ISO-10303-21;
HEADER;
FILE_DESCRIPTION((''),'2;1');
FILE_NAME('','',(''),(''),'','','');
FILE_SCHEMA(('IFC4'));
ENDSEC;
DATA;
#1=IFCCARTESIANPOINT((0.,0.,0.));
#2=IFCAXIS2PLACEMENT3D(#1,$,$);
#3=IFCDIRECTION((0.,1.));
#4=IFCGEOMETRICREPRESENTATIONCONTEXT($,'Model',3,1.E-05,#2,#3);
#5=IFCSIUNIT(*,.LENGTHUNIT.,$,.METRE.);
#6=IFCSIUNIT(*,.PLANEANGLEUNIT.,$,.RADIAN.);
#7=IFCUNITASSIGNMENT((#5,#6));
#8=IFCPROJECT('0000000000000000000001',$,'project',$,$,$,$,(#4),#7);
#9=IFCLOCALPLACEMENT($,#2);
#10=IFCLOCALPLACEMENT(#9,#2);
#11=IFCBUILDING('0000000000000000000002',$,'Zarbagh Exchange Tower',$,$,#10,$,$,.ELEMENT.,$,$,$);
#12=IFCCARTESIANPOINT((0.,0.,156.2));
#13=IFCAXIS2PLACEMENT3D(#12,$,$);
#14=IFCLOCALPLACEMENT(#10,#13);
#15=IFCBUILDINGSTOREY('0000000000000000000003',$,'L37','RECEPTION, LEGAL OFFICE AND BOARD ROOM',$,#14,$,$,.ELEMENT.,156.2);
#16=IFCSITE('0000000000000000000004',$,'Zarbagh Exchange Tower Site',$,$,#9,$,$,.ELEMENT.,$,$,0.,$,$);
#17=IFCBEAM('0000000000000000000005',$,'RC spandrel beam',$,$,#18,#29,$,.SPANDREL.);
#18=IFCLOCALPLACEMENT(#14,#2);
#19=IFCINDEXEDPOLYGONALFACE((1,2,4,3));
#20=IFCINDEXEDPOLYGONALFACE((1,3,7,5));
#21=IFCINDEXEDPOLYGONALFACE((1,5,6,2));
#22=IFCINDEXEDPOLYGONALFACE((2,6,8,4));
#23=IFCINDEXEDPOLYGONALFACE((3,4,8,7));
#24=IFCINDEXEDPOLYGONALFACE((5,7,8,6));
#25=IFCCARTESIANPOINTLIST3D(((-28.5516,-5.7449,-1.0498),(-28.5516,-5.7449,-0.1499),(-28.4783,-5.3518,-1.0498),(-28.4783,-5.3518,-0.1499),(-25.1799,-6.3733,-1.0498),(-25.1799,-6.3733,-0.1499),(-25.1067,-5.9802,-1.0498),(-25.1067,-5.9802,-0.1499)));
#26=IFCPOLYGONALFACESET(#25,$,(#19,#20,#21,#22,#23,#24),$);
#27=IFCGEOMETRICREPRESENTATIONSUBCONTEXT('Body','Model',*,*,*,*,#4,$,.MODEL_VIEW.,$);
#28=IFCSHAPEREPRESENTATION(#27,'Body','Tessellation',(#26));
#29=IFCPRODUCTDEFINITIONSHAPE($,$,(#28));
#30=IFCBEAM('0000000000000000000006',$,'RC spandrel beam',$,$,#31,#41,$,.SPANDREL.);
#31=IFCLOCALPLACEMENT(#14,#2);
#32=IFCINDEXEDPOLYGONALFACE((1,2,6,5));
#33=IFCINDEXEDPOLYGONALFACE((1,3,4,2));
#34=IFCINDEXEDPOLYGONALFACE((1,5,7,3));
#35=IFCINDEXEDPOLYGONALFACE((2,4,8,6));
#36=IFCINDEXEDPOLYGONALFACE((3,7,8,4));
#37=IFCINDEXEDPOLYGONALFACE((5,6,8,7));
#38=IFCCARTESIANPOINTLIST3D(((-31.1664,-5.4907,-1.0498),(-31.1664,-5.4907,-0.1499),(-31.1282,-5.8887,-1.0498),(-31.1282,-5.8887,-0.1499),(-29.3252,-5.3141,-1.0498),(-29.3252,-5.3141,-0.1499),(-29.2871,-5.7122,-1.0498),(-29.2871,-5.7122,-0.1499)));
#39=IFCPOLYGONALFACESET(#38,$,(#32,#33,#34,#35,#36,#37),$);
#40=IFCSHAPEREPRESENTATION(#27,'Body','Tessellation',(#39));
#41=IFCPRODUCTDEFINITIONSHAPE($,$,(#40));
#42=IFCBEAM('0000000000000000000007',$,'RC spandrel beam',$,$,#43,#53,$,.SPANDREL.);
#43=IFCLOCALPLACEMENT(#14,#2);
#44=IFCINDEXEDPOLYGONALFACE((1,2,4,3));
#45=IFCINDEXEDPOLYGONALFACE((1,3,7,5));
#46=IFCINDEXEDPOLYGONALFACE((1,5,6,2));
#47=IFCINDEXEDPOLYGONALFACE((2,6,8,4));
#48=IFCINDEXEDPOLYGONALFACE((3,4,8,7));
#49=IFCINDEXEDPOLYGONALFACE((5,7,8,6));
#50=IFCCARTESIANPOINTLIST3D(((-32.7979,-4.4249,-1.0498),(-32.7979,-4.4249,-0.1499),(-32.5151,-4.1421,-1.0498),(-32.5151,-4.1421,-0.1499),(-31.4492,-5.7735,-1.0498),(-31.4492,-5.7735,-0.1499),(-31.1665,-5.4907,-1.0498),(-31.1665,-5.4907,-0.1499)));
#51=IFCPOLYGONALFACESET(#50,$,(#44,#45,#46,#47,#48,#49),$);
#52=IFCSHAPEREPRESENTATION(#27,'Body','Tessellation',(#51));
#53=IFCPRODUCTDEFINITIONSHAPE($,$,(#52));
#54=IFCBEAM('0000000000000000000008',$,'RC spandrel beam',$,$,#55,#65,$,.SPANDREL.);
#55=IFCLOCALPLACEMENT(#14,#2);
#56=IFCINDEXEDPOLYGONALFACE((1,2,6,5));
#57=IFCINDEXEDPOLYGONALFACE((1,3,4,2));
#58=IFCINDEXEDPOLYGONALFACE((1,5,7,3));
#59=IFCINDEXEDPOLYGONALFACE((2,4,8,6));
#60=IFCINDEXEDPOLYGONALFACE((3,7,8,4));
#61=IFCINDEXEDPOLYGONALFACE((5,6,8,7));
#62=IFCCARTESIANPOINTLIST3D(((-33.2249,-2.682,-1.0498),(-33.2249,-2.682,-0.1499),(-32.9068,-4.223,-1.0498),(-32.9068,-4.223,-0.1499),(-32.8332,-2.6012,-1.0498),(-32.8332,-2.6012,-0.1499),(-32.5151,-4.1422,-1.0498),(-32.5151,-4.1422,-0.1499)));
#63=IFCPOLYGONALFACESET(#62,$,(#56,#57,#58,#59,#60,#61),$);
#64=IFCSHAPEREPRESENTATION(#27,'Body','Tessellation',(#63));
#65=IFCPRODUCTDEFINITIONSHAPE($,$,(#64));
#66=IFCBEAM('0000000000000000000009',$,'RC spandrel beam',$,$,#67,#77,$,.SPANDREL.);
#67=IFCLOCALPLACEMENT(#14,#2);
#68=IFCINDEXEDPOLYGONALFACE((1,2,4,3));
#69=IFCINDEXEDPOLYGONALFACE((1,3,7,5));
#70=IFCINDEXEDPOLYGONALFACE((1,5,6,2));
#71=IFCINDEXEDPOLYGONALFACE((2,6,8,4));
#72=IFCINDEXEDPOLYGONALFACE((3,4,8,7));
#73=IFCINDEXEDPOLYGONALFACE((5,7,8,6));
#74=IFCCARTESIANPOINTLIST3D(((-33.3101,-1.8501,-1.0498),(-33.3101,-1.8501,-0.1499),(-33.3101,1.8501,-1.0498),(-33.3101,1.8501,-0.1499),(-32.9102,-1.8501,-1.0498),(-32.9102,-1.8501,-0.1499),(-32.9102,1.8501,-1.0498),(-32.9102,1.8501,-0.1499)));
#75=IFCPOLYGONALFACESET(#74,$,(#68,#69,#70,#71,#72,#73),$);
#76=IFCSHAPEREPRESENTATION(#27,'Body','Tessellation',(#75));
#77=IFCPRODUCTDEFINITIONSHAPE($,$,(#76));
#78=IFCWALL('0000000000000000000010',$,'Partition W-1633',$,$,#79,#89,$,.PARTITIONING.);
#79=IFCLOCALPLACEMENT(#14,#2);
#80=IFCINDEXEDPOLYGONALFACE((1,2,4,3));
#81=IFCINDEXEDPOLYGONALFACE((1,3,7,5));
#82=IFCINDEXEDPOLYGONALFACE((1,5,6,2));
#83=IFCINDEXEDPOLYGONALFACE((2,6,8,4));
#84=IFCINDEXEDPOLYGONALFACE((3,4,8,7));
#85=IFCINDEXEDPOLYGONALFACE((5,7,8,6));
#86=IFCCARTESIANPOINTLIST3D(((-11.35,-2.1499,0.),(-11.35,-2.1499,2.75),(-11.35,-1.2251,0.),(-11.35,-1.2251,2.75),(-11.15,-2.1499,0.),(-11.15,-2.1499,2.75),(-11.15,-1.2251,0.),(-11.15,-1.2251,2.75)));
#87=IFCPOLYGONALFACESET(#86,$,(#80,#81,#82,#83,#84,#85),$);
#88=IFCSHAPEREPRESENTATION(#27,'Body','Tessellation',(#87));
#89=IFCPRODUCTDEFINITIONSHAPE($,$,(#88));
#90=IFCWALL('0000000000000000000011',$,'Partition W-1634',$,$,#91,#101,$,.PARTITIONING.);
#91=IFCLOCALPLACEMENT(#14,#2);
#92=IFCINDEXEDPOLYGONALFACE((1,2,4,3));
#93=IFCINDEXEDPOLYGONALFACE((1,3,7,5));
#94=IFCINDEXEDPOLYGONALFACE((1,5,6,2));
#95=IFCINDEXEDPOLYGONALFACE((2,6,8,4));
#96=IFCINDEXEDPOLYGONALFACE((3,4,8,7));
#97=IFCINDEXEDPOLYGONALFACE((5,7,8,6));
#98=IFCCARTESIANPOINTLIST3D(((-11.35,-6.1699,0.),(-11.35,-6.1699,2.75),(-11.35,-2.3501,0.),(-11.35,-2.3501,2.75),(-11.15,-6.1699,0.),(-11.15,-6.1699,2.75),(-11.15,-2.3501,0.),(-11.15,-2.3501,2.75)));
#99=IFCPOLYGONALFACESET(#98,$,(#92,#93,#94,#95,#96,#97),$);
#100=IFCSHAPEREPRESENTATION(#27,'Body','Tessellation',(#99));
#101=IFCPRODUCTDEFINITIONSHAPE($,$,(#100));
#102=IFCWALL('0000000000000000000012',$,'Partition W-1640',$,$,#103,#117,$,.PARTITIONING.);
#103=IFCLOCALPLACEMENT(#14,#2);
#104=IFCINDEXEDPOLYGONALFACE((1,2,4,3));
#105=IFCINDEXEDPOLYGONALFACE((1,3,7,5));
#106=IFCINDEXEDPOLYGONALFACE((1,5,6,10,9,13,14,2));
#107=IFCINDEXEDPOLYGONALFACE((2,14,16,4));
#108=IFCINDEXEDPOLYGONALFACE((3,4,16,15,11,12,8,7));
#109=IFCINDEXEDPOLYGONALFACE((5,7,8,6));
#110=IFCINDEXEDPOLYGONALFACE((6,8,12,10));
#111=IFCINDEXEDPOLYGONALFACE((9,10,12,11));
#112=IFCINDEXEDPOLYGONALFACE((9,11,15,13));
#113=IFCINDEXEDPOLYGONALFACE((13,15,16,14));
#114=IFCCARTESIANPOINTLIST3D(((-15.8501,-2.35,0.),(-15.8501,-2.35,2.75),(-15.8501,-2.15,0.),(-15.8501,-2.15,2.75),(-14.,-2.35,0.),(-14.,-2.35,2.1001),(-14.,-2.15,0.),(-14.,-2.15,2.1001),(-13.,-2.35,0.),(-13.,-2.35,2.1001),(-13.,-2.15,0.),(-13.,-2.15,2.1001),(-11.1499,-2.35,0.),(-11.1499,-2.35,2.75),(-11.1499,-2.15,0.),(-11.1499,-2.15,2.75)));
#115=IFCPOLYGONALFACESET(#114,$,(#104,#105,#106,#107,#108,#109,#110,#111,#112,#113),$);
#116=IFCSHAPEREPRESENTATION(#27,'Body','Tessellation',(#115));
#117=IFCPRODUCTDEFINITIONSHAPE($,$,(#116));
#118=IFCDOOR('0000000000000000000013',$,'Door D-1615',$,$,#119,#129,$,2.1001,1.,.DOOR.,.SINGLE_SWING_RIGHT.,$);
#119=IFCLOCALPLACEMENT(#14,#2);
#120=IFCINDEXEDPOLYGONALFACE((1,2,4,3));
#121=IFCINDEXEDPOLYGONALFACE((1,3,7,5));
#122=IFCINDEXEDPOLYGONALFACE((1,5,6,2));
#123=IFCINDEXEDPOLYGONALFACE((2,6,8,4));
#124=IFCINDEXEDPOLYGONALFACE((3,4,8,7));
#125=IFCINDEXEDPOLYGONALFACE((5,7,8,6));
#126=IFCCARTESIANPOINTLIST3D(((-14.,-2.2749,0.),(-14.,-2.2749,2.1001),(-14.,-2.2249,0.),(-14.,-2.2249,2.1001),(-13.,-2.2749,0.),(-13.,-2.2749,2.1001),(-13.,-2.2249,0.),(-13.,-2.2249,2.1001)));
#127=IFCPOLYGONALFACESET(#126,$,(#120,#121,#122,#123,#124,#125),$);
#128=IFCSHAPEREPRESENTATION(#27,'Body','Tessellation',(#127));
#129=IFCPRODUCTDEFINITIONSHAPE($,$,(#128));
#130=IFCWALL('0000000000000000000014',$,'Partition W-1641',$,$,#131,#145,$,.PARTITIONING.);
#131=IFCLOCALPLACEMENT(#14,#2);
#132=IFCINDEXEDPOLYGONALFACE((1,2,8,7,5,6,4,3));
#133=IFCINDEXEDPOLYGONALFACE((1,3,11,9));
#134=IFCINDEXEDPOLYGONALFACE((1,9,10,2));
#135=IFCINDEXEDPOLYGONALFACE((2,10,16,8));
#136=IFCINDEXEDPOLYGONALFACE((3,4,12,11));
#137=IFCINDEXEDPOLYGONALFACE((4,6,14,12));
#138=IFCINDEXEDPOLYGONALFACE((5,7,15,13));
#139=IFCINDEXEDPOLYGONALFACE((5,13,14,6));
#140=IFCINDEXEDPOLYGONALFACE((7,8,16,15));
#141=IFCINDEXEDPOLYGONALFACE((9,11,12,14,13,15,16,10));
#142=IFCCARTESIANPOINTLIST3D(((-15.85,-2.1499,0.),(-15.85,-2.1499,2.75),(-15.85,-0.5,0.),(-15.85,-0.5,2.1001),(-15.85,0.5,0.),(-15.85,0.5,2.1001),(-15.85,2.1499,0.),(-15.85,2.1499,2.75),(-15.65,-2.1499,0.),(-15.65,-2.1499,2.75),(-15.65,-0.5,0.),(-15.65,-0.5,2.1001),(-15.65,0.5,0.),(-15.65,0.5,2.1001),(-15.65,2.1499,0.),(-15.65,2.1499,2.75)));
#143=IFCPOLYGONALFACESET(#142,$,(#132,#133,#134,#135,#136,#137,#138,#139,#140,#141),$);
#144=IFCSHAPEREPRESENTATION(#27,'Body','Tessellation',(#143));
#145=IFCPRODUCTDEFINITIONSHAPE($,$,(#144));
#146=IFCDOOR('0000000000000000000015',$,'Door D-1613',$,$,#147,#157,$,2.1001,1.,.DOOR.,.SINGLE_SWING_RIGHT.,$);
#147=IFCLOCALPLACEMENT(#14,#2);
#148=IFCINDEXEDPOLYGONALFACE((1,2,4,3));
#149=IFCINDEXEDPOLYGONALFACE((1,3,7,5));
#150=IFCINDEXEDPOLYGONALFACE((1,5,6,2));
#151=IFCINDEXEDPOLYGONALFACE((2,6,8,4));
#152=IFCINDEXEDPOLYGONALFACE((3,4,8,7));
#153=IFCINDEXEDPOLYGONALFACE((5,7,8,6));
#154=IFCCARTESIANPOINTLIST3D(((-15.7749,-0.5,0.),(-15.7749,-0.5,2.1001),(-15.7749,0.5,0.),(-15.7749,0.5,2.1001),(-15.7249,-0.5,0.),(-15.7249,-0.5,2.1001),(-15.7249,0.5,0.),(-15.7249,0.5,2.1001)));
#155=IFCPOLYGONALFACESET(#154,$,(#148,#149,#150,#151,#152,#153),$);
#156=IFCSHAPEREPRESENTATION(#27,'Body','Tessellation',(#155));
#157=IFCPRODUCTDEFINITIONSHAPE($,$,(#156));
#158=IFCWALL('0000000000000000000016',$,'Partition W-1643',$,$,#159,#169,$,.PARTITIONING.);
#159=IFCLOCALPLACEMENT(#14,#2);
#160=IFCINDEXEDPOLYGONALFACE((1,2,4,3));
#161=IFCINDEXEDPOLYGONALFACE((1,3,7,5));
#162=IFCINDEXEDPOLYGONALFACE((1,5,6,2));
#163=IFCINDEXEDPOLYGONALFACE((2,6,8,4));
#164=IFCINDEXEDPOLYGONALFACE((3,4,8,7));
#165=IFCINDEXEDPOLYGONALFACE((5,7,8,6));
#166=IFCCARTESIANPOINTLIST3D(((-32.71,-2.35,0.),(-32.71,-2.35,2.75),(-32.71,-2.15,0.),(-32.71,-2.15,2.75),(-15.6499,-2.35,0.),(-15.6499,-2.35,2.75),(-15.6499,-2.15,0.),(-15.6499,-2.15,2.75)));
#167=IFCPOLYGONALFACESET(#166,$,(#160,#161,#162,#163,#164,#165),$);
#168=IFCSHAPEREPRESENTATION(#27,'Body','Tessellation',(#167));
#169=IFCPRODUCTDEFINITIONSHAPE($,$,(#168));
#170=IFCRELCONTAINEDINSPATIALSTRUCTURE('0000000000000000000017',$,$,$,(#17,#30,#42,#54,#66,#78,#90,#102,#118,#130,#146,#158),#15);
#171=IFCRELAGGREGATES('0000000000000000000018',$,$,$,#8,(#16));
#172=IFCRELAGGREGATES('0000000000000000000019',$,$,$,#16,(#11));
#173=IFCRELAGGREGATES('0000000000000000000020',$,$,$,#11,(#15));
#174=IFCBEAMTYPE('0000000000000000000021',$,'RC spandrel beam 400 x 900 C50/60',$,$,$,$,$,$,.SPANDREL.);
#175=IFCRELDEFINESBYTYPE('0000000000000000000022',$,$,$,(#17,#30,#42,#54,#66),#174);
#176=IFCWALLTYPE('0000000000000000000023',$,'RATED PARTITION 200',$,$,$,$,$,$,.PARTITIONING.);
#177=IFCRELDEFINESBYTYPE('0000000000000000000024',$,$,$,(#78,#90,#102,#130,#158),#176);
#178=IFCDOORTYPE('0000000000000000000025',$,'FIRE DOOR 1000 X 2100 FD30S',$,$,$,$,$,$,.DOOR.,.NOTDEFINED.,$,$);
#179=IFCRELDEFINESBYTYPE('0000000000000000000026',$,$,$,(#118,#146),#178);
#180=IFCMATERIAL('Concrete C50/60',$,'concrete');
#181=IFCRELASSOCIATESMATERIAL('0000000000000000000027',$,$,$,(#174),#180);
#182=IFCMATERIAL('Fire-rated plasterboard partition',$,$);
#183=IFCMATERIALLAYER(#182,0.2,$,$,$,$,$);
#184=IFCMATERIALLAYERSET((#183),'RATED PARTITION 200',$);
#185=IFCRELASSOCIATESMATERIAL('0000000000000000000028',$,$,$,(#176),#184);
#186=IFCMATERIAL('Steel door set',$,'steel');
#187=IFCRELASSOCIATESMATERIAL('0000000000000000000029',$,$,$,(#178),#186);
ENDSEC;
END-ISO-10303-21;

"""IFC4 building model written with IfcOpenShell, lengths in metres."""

from ifc_helpers import new_model, si_unit, direction, frame, frame_2d, origin, origin_2d, place, context, subcontext, project, spatial, rectangle, extrude, material, layer, layer_set, material_profile, profile_set, type_object, element, fill, save


model = new_model("IFC4")

# Units and contexts
model_context = context("Model", 3, precision=1e-05, world=origin(), true_north=direction((0.0, 1.0)))
body_context = subcontext(model_context, "Body", "Model", "MODEL_VIEW")
ifc_project = project(units=[si_unit("LENGTHUNIT", "METRE"), si_unit("PLANEANGLEUNIT", "RADIAN")], contexts=[model_context])

# Site, building, storey
site_placement = place(None, origin())
site = spatial("IfcSite", under=ifc_project, at=site_placement, Name="Zarbagh Exchange Tower Site", CompositionType="ELEMENT", RefElevation=0.0)
building_placement = place(site_placement, origin())
building = spatial("IfcBuilding", under=site, at=building_placement, Name="Zarbagh Exchange Tower", CompositionType="ELEMENT")
storey_placement = place(building_placement, frame((0.0, 0.0, 156.2)))
storey = spatial("IfcBuildingStorey", under=building, at=storey_placement, Name="L37", Description="RECEPTION, LEGAL OFFICE AND BOARD ROOM", CompositionType="ELEMENT", Elevation=156.2)

# Shared definitions
ifc_material_1 = material(Name="Concrete C50/60", Category="concrete")

# Beams
ifc_material_profile_1 = material_profile(ifc_material_1, rectangle(XDim=0.3999, YDim=0.8999, at=origin_2d()), Name="RC spandrel beam 400 x 900 C50/60")
ifc_profile_set_1 = profile_set([ifc_material_profile_1], Name="Concrete C50/60")
beam_type_1 = type_object("IfcBeamType", Name="RC spandrel beam 400 x 900 C50/60", PredefinedType="SPANDREL", material=ifc_profile_set_1)
beam_1_placement = place(storey_placement, frame((-25.1433, -6.1768, -0.5999), z_axis=(-0.98307, 0.183231, 0.0), x_axis=(-0.183231, -0.98307, 0.0)))
element("IfcBeam", 1, at=beam_1_placement, inside=storey, type_object=beam_type_1, Name="RC spandrel beam", PredefinedType="SPANDREL", context=body_context, shape_type="SweptSolid", body=[
    extrude(rectangle(XDim=0.3999, YDim=0.8999, at=origin_2d()), origin(), (0.0, 0.0, 1.0), 3.4297),
])
beam_2_placement = place(storey_placement, frame((-29.3062, -5.5132, -0.5999), z_axis=(-0.995435, -0.095438, 0.0), x_axis=(0.095438, -0.995435, 0.0)))
element("IfcBeam", 2, at=beam_2_placement, inside=storey, type_object=beam_type_1, Name="RC spandrel beam", PredefinedType="SPANDREL", context=body_context, shape_type="SweptSolid", body=[
    extrude(rectangle(XDim=0.3999, YDim=0.8999, at=origin_2d()), origin(), (0.0, 0.0, 1.0), 1.8496),
])
beam_3_placement = place(storey_placement, frame((-31.3079, -5.6321, -0.5999), z_axis=(-0.707107, 0.707107, 0.0), x_axis=(-0.707107, -0.707107, 0.0)))
element("IfcBeam", 3, at=beam_3_placement, inside=storey, type_object=beam_type_1, Name="RC spandrel beam", PredefinedType="SPANDREL", context=body_context, shape_type="SweptSolid", body=[
    extrude(rectangle(XDim=0.3999, YDim=0.8999, at=origin_2d()), origin(), (0.0, 0.0, 1.0), 1.9072),
])
beam_4_placement = place(storey_placement, frame((-32.7109, -4.1826, -0.5999), z_axis=(-0.202169, 0.979351, 0.0), x_axis=(-0.979351, -0.202169, 0.0)))
element("IfcBeam", 4, at=beam_4_placement, inside=storey, type_object=beam_type_1, Name="RC spandrel beam", PredefinedType="SPANDREL", context=body_context, shape_type="SweptSolid", body=[
    extrude(rectangle(XDim=0.3999, YDim=0.8999, at=origin_2d()), origin(), (0.0, 0.0, 1.0), 1.5735),
])
beam_5_placement = place(storey_placement, frame((-33.1101, -1.8501, -0.5999), z_axis=(0.0, 1.0, 0.0), x_axis=(-1.0, 0.0, 0.0)))
element("IfcBeam", 5, at=beam_5_placement, inside=storey, type_object=beam_type_1, Name="RC spandrel beam", PredefinedType="SPANDREL", context=body_context, shape_type="SweptSolid", body=[
    extrude(rectangle(XDim=0.3999, YDim=0.8999, at=origin_2d()), origin(), (0.0, 0.0, 1.0), 3.7002),
])

# Walls
ifc_material_2 = material(Name="Fire-rated plasterboard partition")
ifc_layer = layer(ifc_material_2, 0.2)
ifc_layer_set = layer_set([ifc_layer], Name="RATED PARTITION 200")
wall_type = type_object("IfcWallType", Name="RATED PARTITION 200", PredefinedType="PARTITIONING", material=ifc_layer_set)
wall_1_placement = place(storey_placement, frame((-11.25, -2.1499, 0.0), z_axis=(0.0, 0.0, 1.0), x_axis=(0.0, 1.0, 0.0)))
element("IfcWall", 6, at=wall_1_placement, inside=storey, type_object=wall_type, Name="Partition W-1633", PredefinedType="PARTITIONING", context=body_context, shape_type="SweptSolid", body=[
    extrude(rectangle(XDim=0.9248, YDim=0.2, at=frame_2d((0.4624, 0.0))), origin(), (0.0, 0.0, 1.0), 2.75),
])
wall_2_placement = place(storey_placement, frame((-11.25, -6.1699, 0.0), z_axis=(0.0, 0.0, 1.0), x_axis=(0.0, 1.0, 0.0)))
element("IfcWall", 7, at=wall_2_placement, inside=storey, type_object=wall_type, Name="Partition W-1634", PredefinedType="PARTITIONING", context=body_context, shape_type="SweptSolid", body=[
    extrude(rectangle(XDim=3.8198, YDim=0.2, at=frame_2d((1.9099, 0.0))), origin(), (0.0, 0.0, 1.0), 2.75),
])

# Walls, openings, doors
wall_3_placement = place(storey_placement, frame((-11.1499, -2.25, 0.0), z_axis=(0.0, 0.0, 1.0), x_axis=(-1.0, 0.0, 0.0)))
wall_3 = element("IfcWall", 8, at=wall_3_placement, inside=storey, type_object=wall_type, Name="Partition W-1640", PredefinedType="PARTITIONING", context=body_context, shape_type="SweptSolid", body=[
    extrude(rectangle(XDim=4.7002, YDim=0.2, at=frame_2d((2.3501, 0.0))), origin(), (0.0, 0.0, 1.0), 2.75),
])
opening_1_placement = place(wall_3_placement, frame((1.8501, 0.0, 0.0)))
opening_1 = element("IfcOpeningElement", 9, at=opening_1_placement, cuts=wall_3, PredefinedType="OPENING", context=body_context, shape_type="SweptSolid", body=[
    extrude(rectangle(XDim=1.0, YDim=2.1001, at=frame_2d((0.5, 1.05))), frame((0.0, 0.1099, 0.0), z_axis=(0.0, -1.0, 0.0), x_axis=(1.0, 0.0, 0.0)), (0.0, 0.0, 1.0), 0.22),
])
ifc_material_3 = material(Name="Steel door set", Category="steel")
door_type = type_object("IfcDoorType", Name="FIRE DOOR 1000 X 2100 FD30S", OperationType="NOTDEFINED", PredefinedType="DOOR", material=ifc_material_3)
door_1_placement = place(opening_1_placement, origin())
door_1 = element("IfcDoor", 10, at=door_1_placement, inside=storey, type_object=door_type, Name="Door D-1615", OperationType="SINGLE_SWING_RIGHT", OverallHeight=2.1001, OverallWidth=1.0, PredefinedType="DOOR", context=body_context, shape_type="SweptSolid", body=[
    extrude(rectangle(XDim=1.0, YDim=2.1001, at=frame_2d((0.5, 1.05))), frame((0.0, 0.0249, 0.0), z_axis=(0.0, -1.0, 0.0), x_axis=(1.0, 0.0, 0.0)), (0.0, 0.0, 1.0), 0.05),
])
fill(opening_1, door_1)
wall_4_placement = place(storey_placement, frame((-15.75, -2.1499, 0.0), z_axis=(0.0, 0.0, 1.0), x_axis=(0.0, 1.0, 0.0)))
wall_4 = element("IfcWall", 11, at=wall_4_placement, inside=storey, type_object=wall_type, Name="Partition W-1641", PredefinedType="PARTITIONING", context=body_context, shape_type="SweptSolid", body=[
    extrude(rectangle(XDim=4.2998, YDim=0.2, at=frame_2d((2.1499, 0.0))), origin(), (0.0, 0.0, 1.0), 2.75),
])
opening_2_placement = place(wall_4_placement, frame((1.6499, 0.0, 0.0)))
opening_2 = element("IfcOpeningElement", 12, at=opening_2_placement, cuts=wall_4, PredefinedType="OPENING", context=body_context, shape_type="SweptSolid", body=[
    extrude(rectangle(XDim=1.0, YDim=2.1001, at=frame_2d((0.5, 1.05))), frame((0.0, 0.1099, 0.0), z_axis=(0.0, -1.0, 0.0), x_axis=(1.0, 0.0, 0.0)), (0.0, 0.0, 1.0), 0.22),
])
door_2_placement = place(opening_2_placement, origin())
door_2 = element("IfcDoor", 13, at=door_2_placement, inside=storey, type_object=door_type, Name="Door D-1613", OperationType="SINGLE_SWING_RIGHT", OverallHeight=2.1001, OverallWidth=1.0, PredefinedType="DOOR", context=body_context, shape_type="SweptSolid", body=[
    extrude(rectangle(XDim=1.0, YDim=2.1001, at=frame_2d((0.5, 1.05))), frame((0.0, 0.0249, 0.0), z_axis=(0.0, -1.0, 0.0), x_axis=(1.0, 0.0, 0.0)), (0.0, 0.0, 1.0), 0.05),
])
fill(opening_2, door_2)

# Wall
wall_5_placement = place(storey_placement, frame((-32.71, -2.25, 0.0), z_axis=(0.0, 0.0, 1.0), x_axis=(1.0, 0.0, 0.0)))
element("IfcWall", 14, at=wall_5_placement, inside=storey, type_object=wall_type, Name="Partition W-1643", PredefinedType="PARTITIONING", context=body_context, shape_type="SweptSolid", body=[
    extrude(rectangle(XDim=17.0601, YDim=0.2, at=frame_2d((8.53, 0.0))), origin(), (0.0, 0.0, 1.0), 2.75),
])

save(model, "model.ifc")
